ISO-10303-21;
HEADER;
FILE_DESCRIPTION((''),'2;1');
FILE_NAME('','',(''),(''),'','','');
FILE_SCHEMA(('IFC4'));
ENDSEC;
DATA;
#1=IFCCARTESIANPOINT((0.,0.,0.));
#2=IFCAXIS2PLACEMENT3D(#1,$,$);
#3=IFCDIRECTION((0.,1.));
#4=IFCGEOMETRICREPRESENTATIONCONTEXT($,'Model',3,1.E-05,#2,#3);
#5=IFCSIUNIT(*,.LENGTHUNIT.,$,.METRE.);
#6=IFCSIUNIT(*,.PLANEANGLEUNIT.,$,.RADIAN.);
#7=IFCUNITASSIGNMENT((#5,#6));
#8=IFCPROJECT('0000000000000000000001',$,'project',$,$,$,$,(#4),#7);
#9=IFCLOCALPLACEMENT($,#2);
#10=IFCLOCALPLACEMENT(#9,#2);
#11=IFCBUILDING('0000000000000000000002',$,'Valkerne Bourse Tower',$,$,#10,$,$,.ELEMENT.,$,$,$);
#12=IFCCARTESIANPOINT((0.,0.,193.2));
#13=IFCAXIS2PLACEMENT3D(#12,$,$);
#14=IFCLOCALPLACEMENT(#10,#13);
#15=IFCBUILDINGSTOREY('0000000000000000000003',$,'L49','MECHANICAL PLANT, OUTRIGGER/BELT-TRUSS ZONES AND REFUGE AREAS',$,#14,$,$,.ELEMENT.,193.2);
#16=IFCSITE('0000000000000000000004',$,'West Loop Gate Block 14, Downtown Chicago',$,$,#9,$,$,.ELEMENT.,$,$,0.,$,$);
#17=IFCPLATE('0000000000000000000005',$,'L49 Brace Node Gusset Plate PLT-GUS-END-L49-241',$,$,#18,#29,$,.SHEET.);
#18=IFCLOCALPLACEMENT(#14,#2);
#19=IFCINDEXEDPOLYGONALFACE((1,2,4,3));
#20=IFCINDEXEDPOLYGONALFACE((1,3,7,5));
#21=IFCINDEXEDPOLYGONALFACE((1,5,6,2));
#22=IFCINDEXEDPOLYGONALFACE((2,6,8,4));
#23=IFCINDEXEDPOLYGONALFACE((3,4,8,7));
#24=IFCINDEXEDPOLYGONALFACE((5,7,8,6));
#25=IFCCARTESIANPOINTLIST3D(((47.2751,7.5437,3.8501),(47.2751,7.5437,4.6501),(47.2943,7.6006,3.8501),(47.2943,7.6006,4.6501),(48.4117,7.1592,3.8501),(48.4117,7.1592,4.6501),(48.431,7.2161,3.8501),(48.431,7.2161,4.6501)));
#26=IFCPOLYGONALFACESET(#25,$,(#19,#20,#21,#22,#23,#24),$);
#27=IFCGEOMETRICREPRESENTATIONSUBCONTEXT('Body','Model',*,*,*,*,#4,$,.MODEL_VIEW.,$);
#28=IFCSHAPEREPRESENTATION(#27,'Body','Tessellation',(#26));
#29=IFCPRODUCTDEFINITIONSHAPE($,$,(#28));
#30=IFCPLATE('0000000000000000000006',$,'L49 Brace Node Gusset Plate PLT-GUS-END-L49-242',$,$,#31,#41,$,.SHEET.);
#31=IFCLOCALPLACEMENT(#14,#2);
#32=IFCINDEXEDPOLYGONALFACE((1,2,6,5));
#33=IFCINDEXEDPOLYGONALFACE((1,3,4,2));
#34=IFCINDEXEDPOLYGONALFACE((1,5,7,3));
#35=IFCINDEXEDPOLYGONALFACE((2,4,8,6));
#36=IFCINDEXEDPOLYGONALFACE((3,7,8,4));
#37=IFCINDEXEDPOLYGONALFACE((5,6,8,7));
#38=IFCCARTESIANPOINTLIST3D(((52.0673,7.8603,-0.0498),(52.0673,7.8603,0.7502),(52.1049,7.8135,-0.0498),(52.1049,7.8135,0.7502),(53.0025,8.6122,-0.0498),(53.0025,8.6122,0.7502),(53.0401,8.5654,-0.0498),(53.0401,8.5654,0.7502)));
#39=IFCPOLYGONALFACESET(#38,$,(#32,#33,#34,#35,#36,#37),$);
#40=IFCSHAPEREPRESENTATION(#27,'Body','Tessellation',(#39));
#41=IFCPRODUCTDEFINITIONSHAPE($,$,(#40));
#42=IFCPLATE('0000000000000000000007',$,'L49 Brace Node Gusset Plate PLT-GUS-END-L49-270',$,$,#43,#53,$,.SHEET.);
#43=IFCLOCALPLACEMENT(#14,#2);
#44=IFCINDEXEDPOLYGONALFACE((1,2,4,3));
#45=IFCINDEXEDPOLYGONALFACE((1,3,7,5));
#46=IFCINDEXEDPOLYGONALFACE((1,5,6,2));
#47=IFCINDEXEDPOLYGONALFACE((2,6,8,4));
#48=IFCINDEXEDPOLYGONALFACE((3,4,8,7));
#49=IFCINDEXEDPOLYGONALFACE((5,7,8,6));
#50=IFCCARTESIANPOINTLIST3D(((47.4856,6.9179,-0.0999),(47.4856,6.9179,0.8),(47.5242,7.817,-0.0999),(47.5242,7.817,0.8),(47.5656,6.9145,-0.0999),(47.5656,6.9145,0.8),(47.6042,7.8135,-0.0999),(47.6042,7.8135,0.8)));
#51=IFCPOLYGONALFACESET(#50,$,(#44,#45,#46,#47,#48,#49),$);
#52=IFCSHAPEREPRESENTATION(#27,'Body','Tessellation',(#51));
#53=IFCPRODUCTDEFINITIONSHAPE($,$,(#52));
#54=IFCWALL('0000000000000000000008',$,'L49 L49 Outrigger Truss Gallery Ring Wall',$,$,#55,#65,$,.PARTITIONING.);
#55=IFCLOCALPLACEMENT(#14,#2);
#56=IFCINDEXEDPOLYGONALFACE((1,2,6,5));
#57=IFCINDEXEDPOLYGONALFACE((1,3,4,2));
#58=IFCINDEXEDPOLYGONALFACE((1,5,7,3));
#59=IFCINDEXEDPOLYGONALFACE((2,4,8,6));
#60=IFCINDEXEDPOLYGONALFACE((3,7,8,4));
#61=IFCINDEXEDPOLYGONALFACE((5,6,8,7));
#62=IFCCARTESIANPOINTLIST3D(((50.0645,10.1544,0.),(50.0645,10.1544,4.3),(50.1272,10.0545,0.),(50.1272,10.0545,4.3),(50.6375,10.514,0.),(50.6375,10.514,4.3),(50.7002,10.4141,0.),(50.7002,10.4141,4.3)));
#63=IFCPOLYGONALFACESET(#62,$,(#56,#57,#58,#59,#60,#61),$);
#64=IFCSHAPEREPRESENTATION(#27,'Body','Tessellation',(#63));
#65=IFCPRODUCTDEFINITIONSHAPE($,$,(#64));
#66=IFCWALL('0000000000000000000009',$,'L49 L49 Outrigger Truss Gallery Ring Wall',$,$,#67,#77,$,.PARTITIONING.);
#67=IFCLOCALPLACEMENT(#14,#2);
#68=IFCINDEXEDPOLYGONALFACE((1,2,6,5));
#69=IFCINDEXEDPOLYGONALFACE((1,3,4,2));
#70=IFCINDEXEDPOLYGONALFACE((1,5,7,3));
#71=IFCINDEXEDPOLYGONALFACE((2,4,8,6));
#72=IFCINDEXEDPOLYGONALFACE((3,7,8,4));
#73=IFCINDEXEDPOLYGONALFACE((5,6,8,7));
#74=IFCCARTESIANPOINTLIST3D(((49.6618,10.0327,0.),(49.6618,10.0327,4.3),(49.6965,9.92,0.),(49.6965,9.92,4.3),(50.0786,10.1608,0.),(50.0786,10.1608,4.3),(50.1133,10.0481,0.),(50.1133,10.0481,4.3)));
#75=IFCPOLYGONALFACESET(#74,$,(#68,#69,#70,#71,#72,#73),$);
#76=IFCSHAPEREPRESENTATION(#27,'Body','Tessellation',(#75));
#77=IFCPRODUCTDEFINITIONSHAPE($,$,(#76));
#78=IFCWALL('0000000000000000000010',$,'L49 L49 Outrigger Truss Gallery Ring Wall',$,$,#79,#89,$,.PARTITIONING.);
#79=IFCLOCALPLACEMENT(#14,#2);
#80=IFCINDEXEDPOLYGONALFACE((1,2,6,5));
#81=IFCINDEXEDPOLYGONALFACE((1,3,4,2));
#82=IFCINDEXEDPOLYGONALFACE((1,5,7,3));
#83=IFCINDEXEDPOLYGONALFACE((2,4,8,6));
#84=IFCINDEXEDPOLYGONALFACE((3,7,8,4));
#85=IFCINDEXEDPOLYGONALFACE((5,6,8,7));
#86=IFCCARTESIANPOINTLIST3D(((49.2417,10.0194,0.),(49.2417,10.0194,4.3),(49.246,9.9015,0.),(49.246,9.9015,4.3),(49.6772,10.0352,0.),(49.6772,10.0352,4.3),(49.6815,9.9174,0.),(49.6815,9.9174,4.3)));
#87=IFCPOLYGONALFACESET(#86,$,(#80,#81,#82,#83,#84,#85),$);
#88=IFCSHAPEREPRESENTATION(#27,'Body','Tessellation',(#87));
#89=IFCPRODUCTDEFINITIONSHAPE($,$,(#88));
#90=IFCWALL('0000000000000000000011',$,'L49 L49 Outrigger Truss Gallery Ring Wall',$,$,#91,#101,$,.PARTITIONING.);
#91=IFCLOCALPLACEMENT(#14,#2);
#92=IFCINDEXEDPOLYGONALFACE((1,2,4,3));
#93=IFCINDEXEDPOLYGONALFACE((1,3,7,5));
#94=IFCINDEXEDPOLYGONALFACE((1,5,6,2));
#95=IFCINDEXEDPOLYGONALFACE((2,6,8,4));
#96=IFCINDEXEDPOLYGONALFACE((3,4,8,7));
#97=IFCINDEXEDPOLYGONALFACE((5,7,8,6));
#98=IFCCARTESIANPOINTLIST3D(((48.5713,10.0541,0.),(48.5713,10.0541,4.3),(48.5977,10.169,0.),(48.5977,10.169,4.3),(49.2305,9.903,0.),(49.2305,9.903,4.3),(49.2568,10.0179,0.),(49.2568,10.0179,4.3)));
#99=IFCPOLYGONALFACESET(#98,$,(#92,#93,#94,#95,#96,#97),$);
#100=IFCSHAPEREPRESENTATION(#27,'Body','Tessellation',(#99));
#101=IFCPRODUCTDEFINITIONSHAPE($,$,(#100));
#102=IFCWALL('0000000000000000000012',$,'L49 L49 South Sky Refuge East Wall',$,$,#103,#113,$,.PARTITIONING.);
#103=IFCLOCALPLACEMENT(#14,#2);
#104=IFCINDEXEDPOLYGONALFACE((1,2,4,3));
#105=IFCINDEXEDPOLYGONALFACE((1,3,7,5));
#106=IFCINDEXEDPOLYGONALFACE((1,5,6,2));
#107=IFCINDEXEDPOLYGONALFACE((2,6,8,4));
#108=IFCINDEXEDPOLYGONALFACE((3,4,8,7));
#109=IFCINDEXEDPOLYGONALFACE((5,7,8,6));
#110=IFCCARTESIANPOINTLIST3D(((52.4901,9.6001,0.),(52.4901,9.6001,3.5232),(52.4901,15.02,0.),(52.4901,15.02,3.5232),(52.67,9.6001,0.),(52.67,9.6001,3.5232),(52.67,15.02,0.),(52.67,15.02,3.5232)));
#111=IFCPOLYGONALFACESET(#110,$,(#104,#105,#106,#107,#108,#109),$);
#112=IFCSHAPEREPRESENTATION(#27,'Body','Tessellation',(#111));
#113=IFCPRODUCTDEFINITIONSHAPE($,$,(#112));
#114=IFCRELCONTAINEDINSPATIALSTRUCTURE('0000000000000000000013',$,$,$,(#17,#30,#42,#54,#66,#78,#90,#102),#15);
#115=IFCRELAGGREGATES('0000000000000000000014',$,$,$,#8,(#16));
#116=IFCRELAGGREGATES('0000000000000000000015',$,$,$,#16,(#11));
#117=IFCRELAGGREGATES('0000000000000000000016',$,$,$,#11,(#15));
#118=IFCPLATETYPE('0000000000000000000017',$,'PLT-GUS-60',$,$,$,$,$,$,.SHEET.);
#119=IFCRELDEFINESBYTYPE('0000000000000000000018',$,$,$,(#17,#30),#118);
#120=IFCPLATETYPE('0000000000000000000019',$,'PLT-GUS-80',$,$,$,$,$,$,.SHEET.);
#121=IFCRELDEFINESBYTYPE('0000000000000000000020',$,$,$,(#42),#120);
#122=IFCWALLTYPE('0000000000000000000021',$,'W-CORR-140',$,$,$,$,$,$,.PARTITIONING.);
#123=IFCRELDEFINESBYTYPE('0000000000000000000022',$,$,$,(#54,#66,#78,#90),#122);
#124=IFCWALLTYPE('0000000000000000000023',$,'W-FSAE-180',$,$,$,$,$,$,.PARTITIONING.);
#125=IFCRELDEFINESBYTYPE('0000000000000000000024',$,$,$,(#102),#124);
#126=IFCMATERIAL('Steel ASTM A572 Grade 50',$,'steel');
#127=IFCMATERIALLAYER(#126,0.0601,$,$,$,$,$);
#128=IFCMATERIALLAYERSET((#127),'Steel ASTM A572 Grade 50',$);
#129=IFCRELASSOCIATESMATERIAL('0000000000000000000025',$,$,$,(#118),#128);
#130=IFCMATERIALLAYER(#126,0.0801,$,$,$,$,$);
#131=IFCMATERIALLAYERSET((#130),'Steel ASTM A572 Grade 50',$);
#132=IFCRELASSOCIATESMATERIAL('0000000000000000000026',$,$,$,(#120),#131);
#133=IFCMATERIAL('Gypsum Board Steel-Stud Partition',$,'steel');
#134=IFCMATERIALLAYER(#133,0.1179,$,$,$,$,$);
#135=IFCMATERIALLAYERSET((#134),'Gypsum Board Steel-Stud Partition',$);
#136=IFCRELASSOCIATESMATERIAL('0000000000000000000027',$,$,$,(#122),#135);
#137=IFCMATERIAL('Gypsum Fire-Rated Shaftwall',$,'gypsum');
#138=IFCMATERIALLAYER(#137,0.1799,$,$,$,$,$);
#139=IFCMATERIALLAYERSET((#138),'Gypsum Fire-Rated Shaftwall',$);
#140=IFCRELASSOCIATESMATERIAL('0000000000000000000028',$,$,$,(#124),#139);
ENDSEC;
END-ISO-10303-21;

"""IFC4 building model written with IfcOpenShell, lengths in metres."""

from ifc_helpers import new_model, si_unit, direction, frame, frame_2d, origin, origin_2d, place, context, subcontext, project, spatial, rectangle, extrude, material, layer, layer_set, type_object, element, save


model = new_model("IFC4")

# Units and contexts
model_context = context("Model", 3, precision=1e-05, world=origin(), true_north=direction((0.0, 1.0)))
body_context = subcontext(model_context, "Body", "Model", "MODEL_VIEW")
ifc_project = project(units=[si_unit("LENGTHUNIT", "METRE"), si_unit("PLANEANGLEUNIT", "RADIAN")], contexts=[model_context])

# Site, building, storey
site_placement = place(None, origin())
site = spatial("IfcSite", under=ifc_project, at=site_placement, Name="West Loop Gate Block 14, Downtown Chicago", CompositionType="ELEMENT", RefElevation=0.0)
building_placement = place(site_placement, origin())
building = spatial("IfcBuilding", under=site, at=building_placement, Name="Valkerne Bourse Tower", CompositionType="ELEMENT")
storey_placement = place(building_placement, frame((0.0, 0.0, 193.2)))
storey = spatial("IfcBuildingStorey", under=building, at=storey_placement, Name="L49", Description="MECHANICAL PLANT, OUTRIGGER/BELT-TRUSS ZONES AND REFUGE AREAS", CompositionType="ELEMENT", Elevation=193.2)

# Plates
ifc_material_1 = material(Name="Steel ASTM A572 Grade 50", Category="steel")
ifc_layer_1 = layer(ifc_material_1, 0.0601)
ifc_layer_set_1 = layer_set([ifc_layer_1], Name="Steel ASTM A572 Grade 50")
plate_type_1 = type_object("IfcPlateType", Name="PLT-GUS-60", PredefinedType="SHEET", material=ifc_layer_set_1)
for number, where, z_axis, x_axis, name in (
    (1, (47.853, 7.3799, 3.8501), (0.0, 0.0, 1.0), (0.947266, -0.320448, 0.0), "L49 Brace Node Gusset Plate PLT-GUS-END-L49-241"),
    (2, (52.5537, 8.2129, -0.0498), (0.0, 0.0, 1.0), (0.779338, 0.626604, 0.0), "L49 Brace Node Gusset Plate PLT-GUS-END-L49-242"),
):
    element("IfcPlate", number, at=place(storey_placement, frame(where, z_axis=z_axis, x_axis=x_axis)), inside=storey, type_object=plate_type_1, Name=name, PredefinedType="SHEET", context=body_context, shape_type="SweptSolid", body=[
        extrude(rectangle(XDim=1.2, YDim=0.0601, at=origin_2d()), origin(), (0.0, 0.0, 1.0), 0.8),
    ])
ifc_layer_2 = layer(ifc_material_1, 0.0801)
ifc_layer_set_2 = layer_set([ifc_layer_2], Name="Steel ASTM A572 Grade 50")
plate_type_2 = type_object("IfcPlateType", Name="PLT-GUS-80", PredefinedType="SHEET", material=ifc_layer_set_2)
plate_1_placement = place(storey_placement, frame((47.5449, 7.3657, -0.0999), z_axis=(0.0, 0.0, 1.0), x_axis=(0.042922, 0.999078, 0.0)))
element("IfcPlate", 3, at=plate_1_placement, inside=storey, type_object=plate_type_2, Name="L49 Brace Node Gusset Plate PLT-GUS-END-L49-270", PredefinedType="SHEET", context=body_context, shape_type="SweptSolid", body=[
    extrude(rectangle(XDim=0.8999, YDim=0.0801, at=origin_2d()), origin(), (0.0, 0.0, 1.0), 0.8999),
])

# Walls
ifc_material_2 = material(Name="Gypsum Board Steel-Stud Partition", Category="steel")
ifc_layer_3 = layer(ifc_material_2, 0.1179)
ifc_layer_set_3 = layer_set([ifc_layer_3], Name="Gypsum Board Steel-Stud Partition")
wall_type_1 = type_object("IfcWallType", Name="W-CORR-140", PredefinedType="PARTITIONING", material=ifc_layer_set_3)
wall_1_placement = place(storey_placement, frame((50.6689, 10.4641, 0.0), z_axis=(0.0, 0.0, 1.0), x_axis=(-0.847003, -0.531588, 0.0)))
element("IfcWall", 4, at=wall_1_placement, inside=storey, type_object=wall_type_1, Name="L49 L49 Outrigger Truss Gallery Ring Wall", PredefinedType="PARTITIONING", context=body_context, shape_type="SweptSolid", body=[
    extrude(rectangle(XDim=0.6765, YDim=0.1179, at=frame_2d((0.3384, 0.0))), origin(), (0.0, 0.0, 1.0), 4.3),
])
wall_2_placement = place(storey_placement, frame((50.0959, 10.1045, 0.0), z_axis=(0.0, 0.0, 1.0), x_axis=(-0.955815, -0.293968, 0.0)))
element("IfcWall", 5, at=wall_2_placement, inside=storey, type_object=wall_type_1, Name="L49 L49 Outrigger Truss Gallery Ring Wall", PredefinedType="PARTITIONING", context=body_context, shape_type="SweptSolid", body=[
    extrude(rectangle(XDim=0.436, YDim=0.1179, at=frame_2d((0.218, 0.0))), origin(), (0.0, 0.0, 1.0), 4.3),
])
wall_3_placement = place(storey_placement, frame((49.6792, 9.9763, 0.0), z_axis=(0.0, 0.0, 1.0), x_axis=(-0.999337, -0.036411, 0.0)))
element("IfcWall", 6, at=wall_3_placement, inside=storey, type_object=wall_type_1, Name="L49 L49 Outrigger Truss Gallery Ring Wall", PredefinedType="PARTITIONING", context=body_context, shape_type="SweptSolid", body=[
    extrude(rectangle(XDim=0.4358, YDim=0.1179, at=frame_2d((0.2178, 0.0))), origin(), (0.0, 0.0, 1.0), 4.3),
])
wall_4_placement = place(storey_placement, frame((49.2437, 9.9604, 0.0), z_axis=(0.0, 0.0, 1.0), x_axis=(-0.974713, 0.223462, 0.0)))
element("IfcWall", 7, at=wall_4_placement, inside=storey, type_object=wall_type_1, Name="L49 L49 Outrigger Truss Gallery Ring Wall", PredefinedType="PARTITIONING", context=body_context, shape_type="SweptSolid", body=[
    extrude(rectangle(XDim=0.6763, YDim=0.1179, at=frame_2d((0.3381, 0.0))), origin(), (0.0, 0.0, 1.0), 4.3),
])
ifc_material_3 = material(Name="Gypsum Fire-Rated Shaftwall", Category="gypsum")
ifc_layer_4 = layer(ifc_material_3, 0.1799)
ifc_layer_set_4 = layer_set([ifc_layer_4], Name="Gypsum Fire-Rated Shaftwall")
wall_type_2 = type_object("IfcWallType", Name="W-FSAE-180", PredefinedType="PARTITIONING", material=ifc_layer_set_4)
wall_5_placement = place(storey_placement, frame((52.5801, 9.6001, 0.0), z_axis=(0.0, 0.0, 1.0), x_axis=(0.0, 1.0, 0.0)))
element("IfcWall", 8, at=wall_5_placement, inside=storey, type_object=wall_type_2, Name="L49 L49 South Sky Refuge East Wall", PredefinedType="PARTITIONING", context=body_context, shape_type="SweptSolid", body=[
    extrude(rectangle(XDim=5.4199, YDim=0.1799, at=frame_2d((2.71, 0.0))), origin(), (0.0, 0.0, 1.0), 3.5232),
])

save(model, "model.ifc")
